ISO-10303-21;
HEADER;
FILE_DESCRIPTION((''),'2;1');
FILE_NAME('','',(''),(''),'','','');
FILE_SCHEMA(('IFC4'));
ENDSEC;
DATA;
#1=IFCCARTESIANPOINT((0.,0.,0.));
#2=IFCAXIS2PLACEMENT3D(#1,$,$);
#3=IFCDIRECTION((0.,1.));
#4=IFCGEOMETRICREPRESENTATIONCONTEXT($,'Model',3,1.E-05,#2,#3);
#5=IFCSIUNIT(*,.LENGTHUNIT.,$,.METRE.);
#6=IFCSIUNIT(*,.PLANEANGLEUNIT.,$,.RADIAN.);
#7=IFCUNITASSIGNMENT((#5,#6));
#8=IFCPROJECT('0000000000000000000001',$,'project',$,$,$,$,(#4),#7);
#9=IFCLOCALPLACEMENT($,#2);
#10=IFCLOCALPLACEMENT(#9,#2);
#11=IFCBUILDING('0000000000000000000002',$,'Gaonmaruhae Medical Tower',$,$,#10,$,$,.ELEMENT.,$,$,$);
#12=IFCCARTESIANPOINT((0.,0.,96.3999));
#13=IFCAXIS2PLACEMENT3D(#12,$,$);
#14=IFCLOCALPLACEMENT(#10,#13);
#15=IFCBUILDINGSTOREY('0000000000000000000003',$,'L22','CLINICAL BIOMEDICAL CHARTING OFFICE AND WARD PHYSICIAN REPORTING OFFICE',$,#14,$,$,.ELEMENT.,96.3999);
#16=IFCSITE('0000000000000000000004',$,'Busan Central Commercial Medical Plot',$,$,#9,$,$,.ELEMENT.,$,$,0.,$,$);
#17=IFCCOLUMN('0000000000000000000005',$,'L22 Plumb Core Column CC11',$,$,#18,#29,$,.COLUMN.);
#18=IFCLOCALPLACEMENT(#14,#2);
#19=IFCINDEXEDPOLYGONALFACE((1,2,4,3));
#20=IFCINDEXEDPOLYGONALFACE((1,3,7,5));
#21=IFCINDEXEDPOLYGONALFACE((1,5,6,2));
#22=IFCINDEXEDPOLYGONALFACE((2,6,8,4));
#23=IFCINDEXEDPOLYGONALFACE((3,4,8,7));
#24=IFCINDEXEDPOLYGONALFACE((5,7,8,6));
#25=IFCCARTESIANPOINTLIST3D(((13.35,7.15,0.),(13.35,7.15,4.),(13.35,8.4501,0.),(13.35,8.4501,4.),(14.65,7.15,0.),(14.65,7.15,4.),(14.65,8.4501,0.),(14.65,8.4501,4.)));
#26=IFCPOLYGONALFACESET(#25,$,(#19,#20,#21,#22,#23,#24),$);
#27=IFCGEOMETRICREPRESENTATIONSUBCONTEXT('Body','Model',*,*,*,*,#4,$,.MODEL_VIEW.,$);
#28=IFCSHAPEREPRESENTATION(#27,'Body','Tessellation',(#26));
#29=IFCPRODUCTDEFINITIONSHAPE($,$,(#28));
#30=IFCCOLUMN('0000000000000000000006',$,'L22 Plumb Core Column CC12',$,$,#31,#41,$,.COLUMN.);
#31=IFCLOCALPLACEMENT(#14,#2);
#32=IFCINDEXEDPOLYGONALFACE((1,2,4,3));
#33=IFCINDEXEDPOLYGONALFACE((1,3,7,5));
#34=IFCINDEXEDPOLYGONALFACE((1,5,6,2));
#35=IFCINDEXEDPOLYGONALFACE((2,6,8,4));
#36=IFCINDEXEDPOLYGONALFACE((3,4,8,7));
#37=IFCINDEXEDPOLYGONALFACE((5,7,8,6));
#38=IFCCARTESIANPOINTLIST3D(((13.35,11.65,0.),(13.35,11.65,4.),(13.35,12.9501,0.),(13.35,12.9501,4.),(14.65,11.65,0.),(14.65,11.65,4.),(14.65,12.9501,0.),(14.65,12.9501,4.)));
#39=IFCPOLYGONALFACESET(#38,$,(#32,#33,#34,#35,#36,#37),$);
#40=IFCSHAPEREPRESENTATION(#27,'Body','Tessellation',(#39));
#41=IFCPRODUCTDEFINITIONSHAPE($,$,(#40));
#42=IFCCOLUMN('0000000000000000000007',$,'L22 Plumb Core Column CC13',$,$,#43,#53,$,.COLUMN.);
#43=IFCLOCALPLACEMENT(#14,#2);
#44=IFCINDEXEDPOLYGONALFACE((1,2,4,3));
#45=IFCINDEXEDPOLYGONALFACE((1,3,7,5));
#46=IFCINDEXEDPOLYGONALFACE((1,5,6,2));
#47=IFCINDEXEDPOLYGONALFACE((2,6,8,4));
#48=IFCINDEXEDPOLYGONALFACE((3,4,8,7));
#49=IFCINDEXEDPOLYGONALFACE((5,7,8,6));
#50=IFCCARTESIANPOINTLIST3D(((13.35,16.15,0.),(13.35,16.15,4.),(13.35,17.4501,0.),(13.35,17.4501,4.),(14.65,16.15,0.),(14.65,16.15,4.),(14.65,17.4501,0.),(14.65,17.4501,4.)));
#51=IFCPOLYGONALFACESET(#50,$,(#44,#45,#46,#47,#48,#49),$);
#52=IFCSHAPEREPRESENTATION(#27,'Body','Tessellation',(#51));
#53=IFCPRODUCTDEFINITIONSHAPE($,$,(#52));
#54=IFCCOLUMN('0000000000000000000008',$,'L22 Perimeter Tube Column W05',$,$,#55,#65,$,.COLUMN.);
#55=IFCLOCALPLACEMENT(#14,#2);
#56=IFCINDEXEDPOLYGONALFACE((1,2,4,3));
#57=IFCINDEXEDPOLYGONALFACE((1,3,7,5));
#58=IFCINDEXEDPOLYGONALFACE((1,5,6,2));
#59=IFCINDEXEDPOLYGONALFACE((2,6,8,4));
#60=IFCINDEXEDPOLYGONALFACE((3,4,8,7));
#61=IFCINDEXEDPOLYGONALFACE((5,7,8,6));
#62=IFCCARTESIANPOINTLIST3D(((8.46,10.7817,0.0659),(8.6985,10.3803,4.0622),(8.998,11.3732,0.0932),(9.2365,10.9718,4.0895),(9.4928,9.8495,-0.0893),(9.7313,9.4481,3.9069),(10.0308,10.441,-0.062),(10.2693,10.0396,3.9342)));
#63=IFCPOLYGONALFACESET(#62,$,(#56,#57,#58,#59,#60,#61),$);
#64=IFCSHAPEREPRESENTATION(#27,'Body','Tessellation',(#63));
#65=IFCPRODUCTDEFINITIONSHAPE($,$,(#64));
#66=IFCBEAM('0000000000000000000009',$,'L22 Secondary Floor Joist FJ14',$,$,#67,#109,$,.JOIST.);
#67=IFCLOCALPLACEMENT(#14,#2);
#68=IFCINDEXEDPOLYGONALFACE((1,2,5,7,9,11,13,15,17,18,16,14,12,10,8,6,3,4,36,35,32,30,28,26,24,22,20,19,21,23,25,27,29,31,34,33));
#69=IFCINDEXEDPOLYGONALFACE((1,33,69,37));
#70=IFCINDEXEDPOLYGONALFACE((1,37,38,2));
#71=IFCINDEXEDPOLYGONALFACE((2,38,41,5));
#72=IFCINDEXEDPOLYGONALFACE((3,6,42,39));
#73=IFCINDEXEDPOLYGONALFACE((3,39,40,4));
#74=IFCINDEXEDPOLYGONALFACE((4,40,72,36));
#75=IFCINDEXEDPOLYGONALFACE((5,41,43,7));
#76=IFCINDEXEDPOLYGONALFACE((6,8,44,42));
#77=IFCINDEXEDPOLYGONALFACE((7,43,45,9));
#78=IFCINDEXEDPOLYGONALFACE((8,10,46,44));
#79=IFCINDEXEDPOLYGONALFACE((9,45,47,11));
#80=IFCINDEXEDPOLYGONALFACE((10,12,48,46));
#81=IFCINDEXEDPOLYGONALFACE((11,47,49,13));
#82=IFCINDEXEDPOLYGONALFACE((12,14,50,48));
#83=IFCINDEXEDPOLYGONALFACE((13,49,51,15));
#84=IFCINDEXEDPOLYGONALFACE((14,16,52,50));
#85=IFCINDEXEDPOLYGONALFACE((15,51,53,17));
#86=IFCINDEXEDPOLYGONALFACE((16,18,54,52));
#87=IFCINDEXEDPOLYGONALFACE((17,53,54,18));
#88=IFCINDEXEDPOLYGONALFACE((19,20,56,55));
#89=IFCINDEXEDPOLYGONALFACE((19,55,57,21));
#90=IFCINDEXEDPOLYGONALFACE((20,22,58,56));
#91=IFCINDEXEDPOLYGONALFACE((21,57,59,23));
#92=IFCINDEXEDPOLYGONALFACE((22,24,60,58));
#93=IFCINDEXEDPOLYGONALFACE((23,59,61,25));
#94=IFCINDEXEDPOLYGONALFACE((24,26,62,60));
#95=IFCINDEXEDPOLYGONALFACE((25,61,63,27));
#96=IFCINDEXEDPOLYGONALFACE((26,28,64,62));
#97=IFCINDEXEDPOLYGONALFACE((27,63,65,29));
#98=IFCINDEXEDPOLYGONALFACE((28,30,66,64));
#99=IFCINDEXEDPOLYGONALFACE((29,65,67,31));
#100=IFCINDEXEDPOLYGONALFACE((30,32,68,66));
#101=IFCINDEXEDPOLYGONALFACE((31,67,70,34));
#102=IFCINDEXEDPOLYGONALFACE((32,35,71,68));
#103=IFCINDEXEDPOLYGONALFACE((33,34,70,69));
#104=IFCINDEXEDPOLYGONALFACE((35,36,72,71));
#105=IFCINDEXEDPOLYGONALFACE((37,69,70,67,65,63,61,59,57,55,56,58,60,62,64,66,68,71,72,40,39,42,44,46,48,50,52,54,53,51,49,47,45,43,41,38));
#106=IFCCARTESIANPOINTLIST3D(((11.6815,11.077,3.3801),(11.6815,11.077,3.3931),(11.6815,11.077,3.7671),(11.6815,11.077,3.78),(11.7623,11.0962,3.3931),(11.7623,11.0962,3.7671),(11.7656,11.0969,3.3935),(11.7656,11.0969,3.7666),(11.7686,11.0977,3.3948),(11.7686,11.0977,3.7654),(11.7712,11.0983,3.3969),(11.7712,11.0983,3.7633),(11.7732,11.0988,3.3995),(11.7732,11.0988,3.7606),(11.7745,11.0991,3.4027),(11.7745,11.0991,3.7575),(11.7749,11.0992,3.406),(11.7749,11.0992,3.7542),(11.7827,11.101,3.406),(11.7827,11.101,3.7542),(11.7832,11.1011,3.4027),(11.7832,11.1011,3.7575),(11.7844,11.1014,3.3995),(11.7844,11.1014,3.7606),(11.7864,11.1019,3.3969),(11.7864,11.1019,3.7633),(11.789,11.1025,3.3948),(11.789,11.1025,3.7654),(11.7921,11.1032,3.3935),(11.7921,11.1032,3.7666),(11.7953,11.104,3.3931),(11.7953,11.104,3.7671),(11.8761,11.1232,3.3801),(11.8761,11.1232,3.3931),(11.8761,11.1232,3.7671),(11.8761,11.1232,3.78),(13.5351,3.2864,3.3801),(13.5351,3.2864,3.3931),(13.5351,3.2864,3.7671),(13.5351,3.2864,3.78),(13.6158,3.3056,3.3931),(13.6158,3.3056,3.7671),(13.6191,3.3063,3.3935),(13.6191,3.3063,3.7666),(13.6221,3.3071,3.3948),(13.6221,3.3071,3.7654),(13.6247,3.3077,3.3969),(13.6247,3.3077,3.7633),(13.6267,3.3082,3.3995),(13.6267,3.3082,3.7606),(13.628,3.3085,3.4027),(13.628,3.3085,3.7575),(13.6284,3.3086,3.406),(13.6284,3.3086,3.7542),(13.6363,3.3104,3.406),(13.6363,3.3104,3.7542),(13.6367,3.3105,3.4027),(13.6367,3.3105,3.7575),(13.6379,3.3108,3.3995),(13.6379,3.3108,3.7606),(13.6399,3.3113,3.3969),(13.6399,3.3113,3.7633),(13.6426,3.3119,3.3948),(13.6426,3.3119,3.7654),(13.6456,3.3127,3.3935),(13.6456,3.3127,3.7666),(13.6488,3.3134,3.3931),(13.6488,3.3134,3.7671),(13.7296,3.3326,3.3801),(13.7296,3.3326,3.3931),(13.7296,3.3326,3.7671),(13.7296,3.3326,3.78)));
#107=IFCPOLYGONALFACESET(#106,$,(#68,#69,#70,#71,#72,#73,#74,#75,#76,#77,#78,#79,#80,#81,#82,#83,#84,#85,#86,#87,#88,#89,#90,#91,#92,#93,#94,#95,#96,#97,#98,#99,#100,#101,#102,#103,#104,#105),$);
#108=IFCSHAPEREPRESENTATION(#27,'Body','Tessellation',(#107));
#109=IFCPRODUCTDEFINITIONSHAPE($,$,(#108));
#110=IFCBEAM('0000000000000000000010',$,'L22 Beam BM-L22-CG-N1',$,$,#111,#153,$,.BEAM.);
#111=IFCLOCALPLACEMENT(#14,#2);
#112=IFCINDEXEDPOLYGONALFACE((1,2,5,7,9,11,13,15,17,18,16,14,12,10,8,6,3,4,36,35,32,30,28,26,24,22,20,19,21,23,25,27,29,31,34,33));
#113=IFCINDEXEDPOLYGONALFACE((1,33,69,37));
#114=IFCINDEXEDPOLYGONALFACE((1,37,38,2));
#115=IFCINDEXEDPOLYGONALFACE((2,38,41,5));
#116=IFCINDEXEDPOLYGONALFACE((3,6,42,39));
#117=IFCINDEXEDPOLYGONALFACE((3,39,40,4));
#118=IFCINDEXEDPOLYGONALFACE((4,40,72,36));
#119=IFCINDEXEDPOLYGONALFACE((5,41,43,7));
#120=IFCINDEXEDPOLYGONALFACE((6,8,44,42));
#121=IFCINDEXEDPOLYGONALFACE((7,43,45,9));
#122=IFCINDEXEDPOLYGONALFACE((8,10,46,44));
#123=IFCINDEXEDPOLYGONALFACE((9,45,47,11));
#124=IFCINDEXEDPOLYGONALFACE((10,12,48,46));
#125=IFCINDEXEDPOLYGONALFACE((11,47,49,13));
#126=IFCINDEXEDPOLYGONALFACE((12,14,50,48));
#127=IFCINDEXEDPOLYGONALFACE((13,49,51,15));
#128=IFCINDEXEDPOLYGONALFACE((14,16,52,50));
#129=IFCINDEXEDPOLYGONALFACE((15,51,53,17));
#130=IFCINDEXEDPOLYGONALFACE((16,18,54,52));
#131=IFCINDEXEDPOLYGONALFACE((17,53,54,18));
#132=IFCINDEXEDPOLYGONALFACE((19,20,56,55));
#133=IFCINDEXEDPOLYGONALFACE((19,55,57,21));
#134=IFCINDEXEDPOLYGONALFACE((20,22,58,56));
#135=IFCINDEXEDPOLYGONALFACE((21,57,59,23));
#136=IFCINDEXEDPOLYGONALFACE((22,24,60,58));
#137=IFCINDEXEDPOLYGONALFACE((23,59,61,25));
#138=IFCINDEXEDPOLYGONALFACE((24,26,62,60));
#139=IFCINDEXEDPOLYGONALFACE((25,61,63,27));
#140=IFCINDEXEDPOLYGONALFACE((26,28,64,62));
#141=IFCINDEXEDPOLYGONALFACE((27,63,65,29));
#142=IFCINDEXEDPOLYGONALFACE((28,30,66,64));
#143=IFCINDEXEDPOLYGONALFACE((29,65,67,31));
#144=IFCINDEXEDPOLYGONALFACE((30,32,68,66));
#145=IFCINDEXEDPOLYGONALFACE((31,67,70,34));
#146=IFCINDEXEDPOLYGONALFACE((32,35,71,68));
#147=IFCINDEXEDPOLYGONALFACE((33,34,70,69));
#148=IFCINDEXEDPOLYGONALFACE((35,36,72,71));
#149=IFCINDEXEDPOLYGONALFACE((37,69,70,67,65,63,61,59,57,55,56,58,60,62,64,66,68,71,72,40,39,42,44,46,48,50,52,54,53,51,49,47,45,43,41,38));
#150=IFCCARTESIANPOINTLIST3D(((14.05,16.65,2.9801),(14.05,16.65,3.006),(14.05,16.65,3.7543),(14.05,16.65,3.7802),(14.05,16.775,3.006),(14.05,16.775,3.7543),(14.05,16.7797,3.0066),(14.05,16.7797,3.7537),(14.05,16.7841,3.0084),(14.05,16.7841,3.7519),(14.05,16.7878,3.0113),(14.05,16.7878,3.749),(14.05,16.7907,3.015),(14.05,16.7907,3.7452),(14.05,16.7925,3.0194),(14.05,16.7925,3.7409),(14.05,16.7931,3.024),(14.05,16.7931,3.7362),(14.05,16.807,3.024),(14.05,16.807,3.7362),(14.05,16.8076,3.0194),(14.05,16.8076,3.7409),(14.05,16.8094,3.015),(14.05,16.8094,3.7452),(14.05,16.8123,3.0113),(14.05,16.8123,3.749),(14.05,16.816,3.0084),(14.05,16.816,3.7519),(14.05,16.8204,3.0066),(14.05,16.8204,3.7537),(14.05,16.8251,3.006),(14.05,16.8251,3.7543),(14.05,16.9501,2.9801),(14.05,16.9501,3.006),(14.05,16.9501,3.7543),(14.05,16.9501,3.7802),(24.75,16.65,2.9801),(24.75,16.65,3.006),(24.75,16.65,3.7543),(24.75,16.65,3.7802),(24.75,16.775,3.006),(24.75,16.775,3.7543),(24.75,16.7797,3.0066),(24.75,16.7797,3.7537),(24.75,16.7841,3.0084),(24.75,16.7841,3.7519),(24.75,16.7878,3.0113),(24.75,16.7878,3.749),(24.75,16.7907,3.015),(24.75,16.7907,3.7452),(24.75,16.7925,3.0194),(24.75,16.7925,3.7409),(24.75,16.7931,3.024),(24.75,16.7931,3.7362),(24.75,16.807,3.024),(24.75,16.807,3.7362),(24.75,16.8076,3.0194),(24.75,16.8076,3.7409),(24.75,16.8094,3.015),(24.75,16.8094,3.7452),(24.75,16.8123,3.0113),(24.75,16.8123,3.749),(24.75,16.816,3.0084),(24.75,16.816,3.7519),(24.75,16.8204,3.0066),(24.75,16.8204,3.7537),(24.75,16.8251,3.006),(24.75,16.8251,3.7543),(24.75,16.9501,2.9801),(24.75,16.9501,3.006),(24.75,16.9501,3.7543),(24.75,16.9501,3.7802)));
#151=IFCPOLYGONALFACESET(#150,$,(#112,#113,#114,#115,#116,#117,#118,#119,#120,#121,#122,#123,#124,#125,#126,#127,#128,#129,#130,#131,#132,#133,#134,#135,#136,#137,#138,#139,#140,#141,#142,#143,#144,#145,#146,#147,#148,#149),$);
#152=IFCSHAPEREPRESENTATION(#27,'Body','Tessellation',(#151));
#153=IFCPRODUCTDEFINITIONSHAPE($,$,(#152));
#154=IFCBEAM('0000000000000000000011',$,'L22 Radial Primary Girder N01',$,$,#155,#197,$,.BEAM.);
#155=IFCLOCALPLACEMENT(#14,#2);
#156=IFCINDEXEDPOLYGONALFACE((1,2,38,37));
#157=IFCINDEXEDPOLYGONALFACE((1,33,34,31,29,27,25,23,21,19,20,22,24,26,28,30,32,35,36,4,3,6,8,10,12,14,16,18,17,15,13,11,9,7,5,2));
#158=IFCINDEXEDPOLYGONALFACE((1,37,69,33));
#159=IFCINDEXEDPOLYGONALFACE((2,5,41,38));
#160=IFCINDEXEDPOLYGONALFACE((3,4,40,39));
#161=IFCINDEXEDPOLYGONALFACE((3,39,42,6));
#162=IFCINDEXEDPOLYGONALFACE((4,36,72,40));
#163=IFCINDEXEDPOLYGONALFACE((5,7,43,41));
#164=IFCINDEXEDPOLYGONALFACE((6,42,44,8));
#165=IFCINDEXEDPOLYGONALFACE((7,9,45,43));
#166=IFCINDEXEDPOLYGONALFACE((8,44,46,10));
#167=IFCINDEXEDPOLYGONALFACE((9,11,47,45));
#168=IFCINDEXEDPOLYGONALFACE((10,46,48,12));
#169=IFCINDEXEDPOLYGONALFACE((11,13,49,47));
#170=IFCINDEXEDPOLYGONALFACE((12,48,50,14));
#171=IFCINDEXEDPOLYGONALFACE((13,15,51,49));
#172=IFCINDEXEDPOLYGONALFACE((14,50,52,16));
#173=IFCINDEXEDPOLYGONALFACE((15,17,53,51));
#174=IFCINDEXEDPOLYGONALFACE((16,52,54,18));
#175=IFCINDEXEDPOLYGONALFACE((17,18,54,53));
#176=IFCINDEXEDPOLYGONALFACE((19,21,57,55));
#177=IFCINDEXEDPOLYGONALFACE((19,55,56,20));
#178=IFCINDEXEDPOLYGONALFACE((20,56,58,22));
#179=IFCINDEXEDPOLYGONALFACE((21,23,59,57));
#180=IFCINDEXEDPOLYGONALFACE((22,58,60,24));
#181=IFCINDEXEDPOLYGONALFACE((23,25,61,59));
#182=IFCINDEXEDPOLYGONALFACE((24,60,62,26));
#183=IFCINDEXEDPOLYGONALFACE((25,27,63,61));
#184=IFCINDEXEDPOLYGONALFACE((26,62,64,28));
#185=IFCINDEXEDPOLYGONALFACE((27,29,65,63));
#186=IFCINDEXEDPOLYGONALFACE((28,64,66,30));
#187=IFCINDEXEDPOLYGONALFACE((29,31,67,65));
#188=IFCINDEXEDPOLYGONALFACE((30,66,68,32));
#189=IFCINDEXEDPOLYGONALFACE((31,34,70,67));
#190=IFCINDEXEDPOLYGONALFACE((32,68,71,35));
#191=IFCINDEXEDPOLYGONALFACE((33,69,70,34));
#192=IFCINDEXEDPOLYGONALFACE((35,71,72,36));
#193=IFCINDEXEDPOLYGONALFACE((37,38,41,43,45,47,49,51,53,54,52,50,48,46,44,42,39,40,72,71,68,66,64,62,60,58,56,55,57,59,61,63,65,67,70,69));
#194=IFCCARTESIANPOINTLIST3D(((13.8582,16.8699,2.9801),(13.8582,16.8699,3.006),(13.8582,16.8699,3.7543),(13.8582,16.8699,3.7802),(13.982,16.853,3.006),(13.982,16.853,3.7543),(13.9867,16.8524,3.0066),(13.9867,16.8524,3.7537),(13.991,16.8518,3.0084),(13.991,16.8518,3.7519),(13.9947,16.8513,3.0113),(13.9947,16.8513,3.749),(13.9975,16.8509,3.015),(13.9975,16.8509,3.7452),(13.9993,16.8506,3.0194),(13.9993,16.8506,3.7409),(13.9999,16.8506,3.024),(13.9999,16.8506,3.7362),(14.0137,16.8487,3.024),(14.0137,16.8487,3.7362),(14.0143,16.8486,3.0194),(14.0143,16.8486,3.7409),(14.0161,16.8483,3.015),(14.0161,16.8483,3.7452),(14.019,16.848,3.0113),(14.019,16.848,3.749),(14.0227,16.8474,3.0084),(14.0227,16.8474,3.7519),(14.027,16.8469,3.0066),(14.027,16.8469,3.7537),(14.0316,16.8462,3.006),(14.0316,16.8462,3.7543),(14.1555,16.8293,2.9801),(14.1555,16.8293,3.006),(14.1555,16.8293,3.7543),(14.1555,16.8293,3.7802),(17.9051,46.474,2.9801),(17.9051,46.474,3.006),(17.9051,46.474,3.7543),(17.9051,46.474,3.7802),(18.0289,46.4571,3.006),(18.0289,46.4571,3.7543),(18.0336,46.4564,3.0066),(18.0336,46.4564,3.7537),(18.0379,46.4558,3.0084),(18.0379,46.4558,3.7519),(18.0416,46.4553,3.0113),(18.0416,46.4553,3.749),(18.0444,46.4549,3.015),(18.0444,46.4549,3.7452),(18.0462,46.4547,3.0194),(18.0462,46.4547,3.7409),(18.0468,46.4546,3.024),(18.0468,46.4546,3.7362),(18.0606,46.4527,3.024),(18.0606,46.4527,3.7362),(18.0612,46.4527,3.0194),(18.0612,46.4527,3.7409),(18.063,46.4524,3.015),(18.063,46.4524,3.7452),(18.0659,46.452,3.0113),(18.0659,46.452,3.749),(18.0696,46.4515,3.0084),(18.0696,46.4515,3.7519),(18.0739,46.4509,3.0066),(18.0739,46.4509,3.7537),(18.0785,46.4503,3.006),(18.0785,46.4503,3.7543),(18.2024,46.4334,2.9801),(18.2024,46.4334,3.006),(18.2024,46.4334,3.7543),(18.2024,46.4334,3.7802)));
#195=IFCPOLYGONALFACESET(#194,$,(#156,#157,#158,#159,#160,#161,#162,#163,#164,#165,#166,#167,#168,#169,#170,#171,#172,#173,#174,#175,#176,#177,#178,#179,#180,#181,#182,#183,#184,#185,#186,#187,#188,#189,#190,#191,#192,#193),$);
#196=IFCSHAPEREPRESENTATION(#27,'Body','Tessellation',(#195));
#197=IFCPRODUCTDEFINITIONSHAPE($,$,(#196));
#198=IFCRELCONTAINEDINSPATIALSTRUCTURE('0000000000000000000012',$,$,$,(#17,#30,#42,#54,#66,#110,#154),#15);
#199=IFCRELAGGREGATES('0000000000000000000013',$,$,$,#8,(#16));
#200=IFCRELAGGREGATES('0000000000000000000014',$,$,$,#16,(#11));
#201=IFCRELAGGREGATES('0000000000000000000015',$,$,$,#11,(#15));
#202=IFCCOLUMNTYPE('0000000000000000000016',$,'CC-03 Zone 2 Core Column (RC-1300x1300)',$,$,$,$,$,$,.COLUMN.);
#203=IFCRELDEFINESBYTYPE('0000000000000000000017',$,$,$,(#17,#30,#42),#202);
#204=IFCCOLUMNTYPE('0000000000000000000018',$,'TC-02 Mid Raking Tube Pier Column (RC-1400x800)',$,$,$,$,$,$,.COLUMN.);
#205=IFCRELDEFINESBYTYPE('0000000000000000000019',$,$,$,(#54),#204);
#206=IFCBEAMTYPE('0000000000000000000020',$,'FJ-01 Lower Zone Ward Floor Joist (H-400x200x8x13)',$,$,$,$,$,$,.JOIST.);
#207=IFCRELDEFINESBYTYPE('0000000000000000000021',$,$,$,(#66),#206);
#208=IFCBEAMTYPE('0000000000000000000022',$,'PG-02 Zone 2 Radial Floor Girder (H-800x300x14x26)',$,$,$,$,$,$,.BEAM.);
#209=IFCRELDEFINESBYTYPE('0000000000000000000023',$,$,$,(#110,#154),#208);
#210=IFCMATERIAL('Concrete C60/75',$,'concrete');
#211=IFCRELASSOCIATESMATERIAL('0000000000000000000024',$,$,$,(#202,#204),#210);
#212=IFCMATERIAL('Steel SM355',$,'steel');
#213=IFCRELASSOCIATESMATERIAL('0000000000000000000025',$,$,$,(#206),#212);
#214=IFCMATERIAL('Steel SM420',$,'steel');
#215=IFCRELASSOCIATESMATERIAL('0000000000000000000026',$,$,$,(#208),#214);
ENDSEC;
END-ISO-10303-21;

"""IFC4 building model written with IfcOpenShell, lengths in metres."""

from ifc_helpers import new_model, si_unit, direction, frame, origin, origin_2d, place, context, subcontext, project, spatial, rectangle, i_section, extrude, material, material_profile, profile_set, type_object, element, save


model = new_model("IFC4")

# Units and contexts
model_context = context("Model", 3, precision=1e-05, world=origin(), true_north=direction((0.0, 1.0)))
body_context = subcontext(model_context, "Body", "Model", "MODEL_VIEW")
ifc_project = project(units=[si_unit("LENGTHUNIT", "METRE"), si_unit("PLANEANGLEUNIT", "RADIAN")], contexts=[model_context])

# Site, building, storey
site_placement = place(None, origin())
site = spatial("IfcSite", under=ifc_project, at=site_placement, Name="Busan Central Commercial Medical Plot", CompositionType="ELEMENT", RefElevation=0.0)
building_placement = place(site_placement, origin())
building = spatial("IfcBuilding", under=site, at=building_placement, Name="Gaonmaruhae Medical Tower", CompositionType="ELEMENT")
storey_placement = place(building_placement, frame((0.0, 0.0, 96.3999)))
storey = spatial("IfcBuildingStorey", under=building, at=storey_placement, Name="L22", Description="CLINICAL BIOMEDICAL CHARTING OFFICE AND WARD PHYSICIAN REPORTING OFFICE", CompositionType="ELEMENT", Elevation=96.3999)

# Columns
ifc_material_1 = material(Name="Concrete C60/75", Category="concrete")
ifc_material_profile_1 = material_profile(ifc_material_1, rectangle(XDim=1.3, YDim=1.3, at=origin_2d()), Name="RC-1300x1300")
ifc_profile_set_1 = profile_set([ifc_material_profile_1], Name="Concrete C60/75")
column_type_1 = type_object("IfcColumnType", Name="CC-03 Zone 2 Core Column (RC-1300x1300)", PredefinedType="COLUMN", material=ifc_profile_set_1)
for number, where, z_axis, x_axis, name in (
    (1, (14.0, 7.8, 0.0), (0.0, 0.0, 1.0), (1.0, 0.0, 0.0), "L22 Plumb Core Column CC11"),
    (2, (14.0, 12.3, 0.0), (0.0, 0.0, 1.0), (1.0, 0.0, 0.0), "L22 Plumb Core Column CC12"),
    (3, (14.0, 16.8, 0.0), (0.0, 0.0, 1.0), (1.0, 0.0, 0.0), "L22 Plumb Core Column CC13"),
):
    element("IfcColumn", number, at=place(storey_placement, frame(where, z_axis=z_axis, x_axis=x_axis)), inside=storey, type_object=column_type_1, Name=name, PredefinedType="COLUMN", context=body_context, shape_type="SweptSolid", body=[
        extrude(rectangle(XDim=1.3, YDim=1.3, at=origin_2d()), origin(), (0.0, 0.0, 1.0), 4.0),
    ])
ifc_material_profile_2 = material_profile(ifc_material_1, rectangle(XDim=1.3999, YDim=0.8, at=origin_2d()), Name="RC-1400x800")
ifc_profile_set_2 = profile_set([ifc_material_profile_2], Name="Concrete C60/75")
column_type_2 = type_object("IfcColumnType", Name="TC-02 Mid Raking Tube Pier Column (RC-1400x800)", PredefinedType="COLUMN", material=ifc_profile_set_2)
column_placement = place(storey_placement, frame((9.2454, 10.6113, 0.002), z_axis=(0.059283, -0.099755, 0.993244), x_axis=(-0.737767, 0.665882, 0.110911)))
element("IfcColumn", 4, at=column_placement, inside=storey, type_object=column_type_2, Name="L22 Perimeter Tube Column W05", PredefinedType="COLUMN", context=body_context, shape_type="SweptSolid", body=[
    extrude(rectangle(XDim=1.3999, YDim=0.8, at=origin_2d()), origin(), (0.0, 0.0, 1.0), 4.0234),
])

# Beams
ifc_material_2 = material(Name="Steel SM355", Category="steel")
ifc_material_profile_3 = material_profile(ifc_material_2, i_section(OverallWidth=0.2, OverallDepth=0.3999, WebThickness=0.0081, FlangeThickness=0.0129, FilletRadius=0.0129, at=origin_2d()), Name="H-400x200x8x13")
ifc_profile_set_3 = profile_set([ifc_material_profile_3], Name="Steel SM355")
beam_type_1 = type_object("IfcBeamType", Name="FJ-01 Lower Zone Ward Floor Joist (H-400x200x8x13)", PredefinedType="JOIST", material=ifc_profile_set_3)
beam_1_placement = place(storey_placement, frame((11.7788, 11.1001, 3.5801), z_axis=(0.231458, -0.972845, 0.0), x_axis=(0.972845, 0.231458, 0.0)))
element("IfcBeam", 5, at=beam_1_placement, inside=storey, type_object=beam_type_1, Name="L22 Secondary Floor Joist FJ14", PredefinedType="JOIST", context=body_context, shape_type="SweptSolid", body=[
    extrude(i_section(OverallWidth=0.2, OverallDepth=0.3999, WebThickness=0.0081, FlangeThickness=0.0129, FilletRadius=0.0129, at=origin_2d()), origin(), (0.0, 0.0, 1.0), 8.0081),
])
ifc_material_3 = material(Name="Steel SM420", Category="steel")
ifc_material_profile_4 = material_profile(ifc_material_3, i_section(OverallWidth=0.3, OverallDepth=0.8, WebThickness=0.0139, FlangeThickness=0.0259, FilletRadius=0.0181, at=origin_2d()), Name="H-800x300x14x26")
ifc_profile_set_4 = profile_set([ifc_material_profile_4], Name="Steel SM420")
beam_type_2 = type_object("IfcBeamType", Name="PG-02 Zone 2 Radial Floor Girder (H-800x300x14x26)", PredefinedType="BEAM", material=ifc_profile_set_4)
beam_2_placement = place(storey_placement, frame((14.05, 16.8, 3.3801), z_axis=(1.0, 0.0, 0.0), x_axis=(0.0, 1.0, 0.0)))
element("IfcBeam", 6, at=beam_2_placement, inside=storey, type_object=beam_type_2, Name="L22 Beam BM-L22-CG-N1", PredefinedType="BEAM", context=body_context, shape_type="SweptSolid", body=[
    extrude(i_section(OverallWidth=0.3, OverallDepth=0.8, WebThickness=0.0139, FlangeThickness=0.0259, FilletRadius=0.0181, at=origin_2d()), origin(), (0.0, 0.0, 1.0), 10.7),
])
beam_3_placement = place(storey_placement, frame((14.0068, 16.8496, 3.3801), z_axis=(0.135441, 0.990785, 0.0), x_axis=(-0.990785, 0.135441, 0.0)))
element("IfcBeam", 7, at=beam_3_placement, inside=storey, type_object=beam_type_2, Name="L22 Radial Primary Girder N01", PredefinedType="BEAM", context=body_context, shape_type="SweptSolid", body=[
    extrude(i_section(OverallWidth=0.3, OverallDepth=0.8, WebThickness=0.0139, FlangeThickness=0.0259, FilletRadius=0.0181, at=origin_2d()), origin(), (0.0, 0.0, 1.0), 29.8794),
])

save(model, "model.ifc")
